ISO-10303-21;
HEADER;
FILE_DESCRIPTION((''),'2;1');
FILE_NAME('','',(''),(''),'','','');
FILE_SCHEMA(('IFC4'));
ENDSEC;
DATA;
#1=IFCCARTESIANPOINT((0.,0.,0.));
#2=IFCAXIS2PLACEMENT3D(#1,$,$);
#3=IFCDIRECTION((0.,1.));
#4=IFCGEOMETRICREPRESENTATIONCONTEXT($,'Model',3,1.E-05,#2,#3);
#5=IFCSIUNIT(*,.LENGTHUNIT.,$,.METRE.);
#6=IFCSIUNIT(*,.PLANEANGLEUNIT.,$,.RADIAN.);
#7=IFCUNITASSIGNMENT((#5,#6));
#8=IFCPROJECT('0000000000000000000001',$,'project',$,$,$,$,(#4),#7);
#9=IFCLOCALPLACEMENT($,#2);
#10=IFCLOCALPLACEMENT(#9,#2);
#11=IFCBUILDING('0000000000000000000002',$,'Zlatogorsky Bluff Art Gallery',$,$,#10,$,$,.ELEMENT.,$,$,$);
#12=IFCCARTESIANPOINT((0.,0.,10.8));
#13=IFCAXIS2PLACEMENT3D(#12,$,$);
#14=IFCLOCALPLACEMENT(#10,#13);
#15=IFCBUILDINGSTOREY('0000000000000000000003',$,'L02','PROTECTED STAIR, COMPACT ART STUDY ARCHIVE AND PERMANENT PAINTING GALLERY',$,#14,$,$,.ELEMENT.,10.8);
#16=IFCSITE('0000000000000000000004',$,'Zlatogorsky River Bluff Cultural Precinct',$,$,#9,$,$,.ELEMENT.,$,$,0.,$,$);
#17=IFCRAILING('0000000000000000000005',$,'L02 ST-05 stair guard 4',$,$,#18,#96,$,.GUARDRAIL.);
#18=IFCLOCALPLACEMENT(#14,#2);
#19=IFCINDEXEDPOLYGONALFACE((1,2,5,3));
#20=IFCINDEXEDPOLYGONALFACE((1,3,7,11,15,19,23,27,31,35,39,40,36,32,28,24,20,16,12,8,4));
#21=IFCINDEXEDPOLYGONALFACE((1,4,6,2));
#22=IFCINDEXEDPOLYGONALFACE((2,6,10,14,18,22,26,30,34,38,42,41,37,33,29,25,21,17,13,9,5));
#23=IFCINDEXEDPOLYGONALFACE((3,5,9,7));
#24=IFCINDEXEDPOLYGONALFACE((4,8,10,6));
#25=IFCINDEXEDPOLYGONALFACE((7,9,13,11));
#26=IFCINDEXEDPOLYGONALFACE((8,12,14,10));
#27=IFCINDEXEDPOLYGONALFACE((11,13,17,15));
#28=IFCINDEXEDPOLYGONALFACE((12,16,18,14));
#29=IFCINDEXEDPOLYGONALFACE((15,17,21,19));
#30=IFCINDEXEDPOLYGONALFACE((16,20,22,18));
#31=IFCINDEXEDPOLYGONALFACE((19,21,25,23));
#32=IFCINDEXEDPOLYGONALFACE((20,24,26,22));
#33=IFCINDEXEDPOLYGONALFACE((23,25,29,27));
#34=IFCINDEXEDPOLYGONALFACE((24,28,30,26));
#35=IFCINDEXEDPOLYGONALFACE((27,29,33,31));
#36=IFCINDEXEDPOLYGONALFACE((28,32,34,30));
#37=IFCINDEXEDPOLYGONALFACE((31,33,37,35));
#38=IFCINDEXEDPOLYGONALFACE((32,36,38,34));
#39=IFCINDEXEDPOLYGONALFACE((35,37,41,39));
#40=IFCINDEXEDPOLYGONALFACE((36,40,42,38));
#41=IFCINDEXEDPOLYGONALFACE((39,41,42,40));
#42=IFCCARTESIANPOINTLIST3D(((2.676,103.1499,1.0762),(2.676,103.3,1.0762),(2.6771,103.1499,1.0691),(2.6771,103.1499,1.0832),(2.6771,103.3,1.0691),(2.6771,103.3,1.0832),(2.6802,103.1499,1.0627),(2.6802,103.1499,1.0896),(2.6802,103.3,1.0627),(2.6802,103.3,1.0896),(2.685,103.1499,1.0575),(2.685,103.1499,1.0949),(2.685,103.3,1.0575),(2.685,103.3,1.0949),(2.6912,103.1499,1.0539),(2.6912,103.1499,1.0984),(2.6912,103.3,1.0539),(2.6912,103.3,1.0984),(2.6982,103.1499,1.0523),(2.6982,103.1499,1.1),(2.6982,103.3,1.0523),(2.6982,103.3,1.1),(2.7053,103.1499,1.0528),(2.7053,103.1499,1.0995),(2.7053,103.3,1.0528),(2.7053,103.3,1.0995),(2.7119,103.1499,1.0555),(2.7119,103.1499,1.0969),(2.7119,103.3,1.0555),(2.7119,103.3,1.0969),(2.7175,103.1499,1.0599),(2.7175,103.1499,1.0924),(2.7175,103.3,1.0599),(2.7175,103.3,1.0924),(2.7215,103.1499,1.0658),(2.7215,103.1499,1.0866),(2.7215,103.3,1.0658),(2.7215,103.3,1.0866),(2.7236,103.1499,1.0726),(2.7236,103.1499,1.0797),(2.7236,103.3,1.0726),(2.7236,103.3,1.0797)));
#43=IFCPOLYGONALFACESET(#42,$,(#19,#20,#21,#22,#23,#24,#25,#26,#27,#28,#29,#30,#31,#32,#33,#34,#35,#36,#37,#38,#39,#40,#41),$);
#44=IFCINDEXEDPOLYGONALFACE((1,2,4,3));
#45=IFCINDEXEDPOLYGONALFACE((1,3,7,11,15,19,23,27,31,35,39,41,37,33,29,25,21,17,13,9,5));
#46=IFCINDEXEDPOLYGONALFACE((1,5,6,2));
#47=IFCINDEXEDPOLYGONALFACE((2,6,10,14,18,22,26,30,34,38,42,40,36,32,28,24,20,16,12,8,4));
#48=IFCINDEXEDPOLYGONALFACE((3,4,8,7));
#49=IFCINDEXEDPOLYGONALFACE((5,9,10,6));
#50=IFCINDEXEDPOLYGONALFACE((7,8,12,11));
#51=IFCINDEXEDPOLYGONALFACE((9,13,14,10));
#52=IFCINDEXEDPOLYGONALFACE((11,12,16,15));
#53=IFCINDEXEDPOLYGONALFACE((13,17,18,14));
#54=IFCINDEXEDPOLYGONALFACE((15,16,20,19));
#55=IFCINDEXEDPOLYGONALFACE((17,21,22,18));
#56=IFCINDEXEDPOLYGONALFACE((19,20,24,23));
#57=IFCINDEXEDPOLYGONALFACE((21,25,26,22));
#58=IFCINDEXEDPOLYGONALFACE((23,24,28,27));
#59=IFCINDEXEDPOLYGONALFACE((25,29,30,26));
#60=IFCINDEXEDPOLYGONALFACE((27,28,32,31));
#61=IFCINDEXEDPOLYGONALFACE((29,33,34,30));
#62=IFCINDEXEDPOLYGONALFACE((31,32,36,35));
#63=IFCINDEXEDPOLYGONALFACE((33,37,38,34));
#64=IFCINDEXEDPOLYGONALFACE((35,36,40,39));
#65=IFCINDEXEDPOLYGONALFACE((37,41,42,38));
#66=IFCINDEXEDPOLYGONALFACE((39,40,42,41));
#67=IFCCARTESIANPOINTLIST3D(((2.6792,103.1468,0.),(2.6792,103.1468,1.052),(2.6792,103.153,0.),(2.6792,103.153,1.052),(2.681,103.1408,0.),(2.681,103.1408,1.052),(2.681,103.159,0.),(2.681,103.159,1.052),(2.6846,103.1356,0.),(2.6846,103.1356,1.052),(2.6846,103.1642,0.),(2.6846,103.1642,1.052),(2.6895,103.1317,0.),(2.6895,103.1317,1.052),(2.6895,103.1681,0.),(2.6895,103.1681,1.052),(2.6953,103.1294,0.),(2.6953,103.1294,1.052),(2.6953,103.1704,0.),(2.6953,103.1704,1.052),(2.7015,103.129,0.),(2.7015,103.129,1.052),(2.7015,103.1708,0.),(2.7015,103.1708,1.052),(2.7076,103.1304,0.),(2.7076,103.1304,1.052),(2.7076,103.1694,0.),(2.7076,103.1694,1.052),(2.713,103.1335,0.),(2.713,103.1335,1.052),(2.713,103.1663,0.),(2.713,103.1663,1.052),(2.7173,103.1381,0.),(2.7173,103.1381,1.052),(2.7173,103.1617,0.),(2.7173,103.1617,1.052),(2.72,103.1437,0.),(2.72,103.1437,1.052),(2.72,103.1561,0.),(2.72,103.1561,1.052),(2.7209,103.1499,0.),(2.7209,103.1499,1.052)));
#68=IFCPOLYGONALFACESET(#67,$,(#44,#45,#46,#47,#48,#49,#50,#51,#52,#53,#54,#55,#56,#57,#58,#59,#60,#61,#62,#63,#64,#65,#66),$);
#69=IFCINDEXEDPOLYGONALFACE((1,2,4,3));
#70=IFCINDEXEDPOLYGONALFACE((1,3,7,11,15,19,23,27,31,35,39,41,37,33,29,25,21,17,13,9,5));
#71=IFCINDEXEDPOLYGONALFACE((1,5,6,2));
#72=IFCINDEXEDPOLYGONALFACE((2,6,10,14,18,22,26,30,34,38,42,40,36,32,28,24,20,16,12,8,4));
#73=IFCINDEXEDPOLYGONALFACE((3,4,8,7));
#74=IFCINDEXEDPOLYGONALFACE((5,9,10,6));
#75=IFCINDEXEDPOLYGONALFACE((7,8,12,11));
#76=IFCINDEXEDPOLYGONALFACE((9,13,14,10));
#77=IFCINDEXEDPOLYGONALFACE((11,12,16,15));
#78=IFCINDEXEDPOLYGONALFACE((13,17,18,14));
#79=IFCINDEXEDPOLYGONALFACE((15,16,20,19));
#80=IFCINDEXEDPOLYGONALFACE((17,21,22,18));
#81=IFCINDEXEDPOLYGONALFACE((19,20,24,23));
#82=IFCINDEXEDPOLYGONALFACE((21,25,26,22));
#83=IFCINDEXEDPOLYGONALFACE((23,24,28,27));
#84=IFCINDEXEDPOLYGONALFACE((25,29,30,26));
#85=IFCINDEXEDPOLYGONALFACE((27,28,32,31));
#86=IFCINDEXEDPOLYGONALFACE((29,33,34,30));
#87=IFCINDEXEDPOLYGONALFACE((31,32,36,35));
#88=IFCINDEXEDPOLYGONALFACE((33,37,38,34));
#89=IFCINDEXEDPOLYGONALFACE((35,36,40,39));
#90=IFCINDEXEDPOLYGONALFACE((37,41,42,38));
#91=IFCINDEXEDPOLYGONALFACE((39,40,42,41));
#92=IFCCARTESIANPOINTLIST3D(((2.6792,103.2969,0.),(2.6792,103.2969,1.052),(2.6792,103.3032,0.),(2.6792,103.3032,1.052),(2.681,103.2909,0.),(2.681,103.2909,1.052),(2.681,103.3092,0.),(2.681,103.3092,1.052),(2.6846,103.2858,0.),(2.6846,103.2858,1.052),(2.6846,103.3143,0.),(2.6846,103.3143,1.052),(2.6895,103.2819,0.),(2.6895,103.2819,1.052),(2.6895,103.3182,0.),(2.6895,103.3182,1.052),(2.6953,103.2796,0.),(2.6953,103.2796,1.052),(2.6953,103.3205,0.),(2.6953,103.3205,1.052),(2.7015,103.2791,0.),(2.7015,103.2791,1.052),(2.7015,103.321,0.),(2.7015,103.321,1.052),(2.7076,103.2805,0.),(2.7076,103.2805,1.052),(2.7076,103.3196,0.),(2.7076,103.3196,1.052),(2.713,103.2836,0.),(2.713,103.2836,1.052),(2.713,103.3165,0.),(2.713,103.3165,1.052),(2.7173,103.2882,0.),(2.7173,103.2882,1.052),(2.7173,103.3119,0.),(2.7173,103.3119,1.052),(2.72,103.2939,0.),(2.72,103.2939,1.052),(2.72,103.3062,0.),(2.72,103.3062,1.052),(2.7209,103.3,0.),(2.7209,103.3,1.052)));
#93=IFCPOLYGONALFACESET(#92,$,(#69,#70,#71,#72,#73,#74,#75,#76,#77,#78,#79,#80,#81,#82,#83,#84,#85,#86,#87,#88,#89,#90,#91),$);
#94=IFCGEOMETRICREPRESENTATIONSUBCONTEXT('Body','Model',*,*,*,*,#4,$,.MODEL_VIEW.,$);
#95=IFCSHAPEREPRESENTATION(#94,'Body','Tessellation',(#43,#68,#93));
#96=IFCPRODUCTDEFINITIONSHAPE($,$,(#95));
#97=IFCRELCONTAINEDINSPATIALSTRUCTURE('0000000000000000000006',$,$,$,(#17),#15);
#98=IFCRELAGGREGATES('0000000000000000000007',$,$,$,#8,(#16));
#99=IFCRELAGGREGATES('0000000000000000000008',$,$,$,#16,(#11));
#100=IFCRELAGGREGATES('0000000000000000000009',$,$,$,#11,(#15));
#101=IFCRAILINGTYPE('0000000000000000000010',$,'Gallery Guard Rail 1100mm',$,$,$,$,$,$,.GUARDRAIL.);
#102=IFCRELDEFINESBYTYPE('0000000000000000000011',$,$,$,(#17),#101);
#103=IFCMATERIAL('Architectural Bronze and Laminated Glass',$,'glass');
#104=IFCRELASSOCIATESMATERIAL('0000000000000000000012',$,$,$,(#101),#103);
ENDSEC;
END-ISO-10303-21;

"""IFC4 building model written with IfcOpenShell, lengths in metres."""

from ifc_helpers import new_model, si_unit, direction, frame, origin, origin_2d, place, context, subcontext, project, spatial, circle, extrude, material, type_object, element, save


model = new_model("IFC4")

# Units and contexts
model_context = context("Model", 3, precision=1e-05, world=origin(), true_north=direction((0.0, 1.0)))
body_context = subcontext(model_context, "Body", "Model", "MODEL_VIEW")
ifc_project = project(units=[si_unit("LENGTHUNIT", "METRE"), si_unit("PLANEANGLEUNIT", "RADIAN")], contexts=[model_context])

# Site, building, storey
site_placement = place(None, origin())
site = spatial("IfcSite", under=ifc_project, at=site_placement, Name="Zlatogorsky River Bluff Cultural Precinct", CompositionType="ELEMENT", RefElevation=0.0)
building_placement = place(site_placement, origin())
building = spatial("IfcBuilding", under=site, at=building_placement, Name="Zlatogorsky Bluff Art Gallery", CompositionType="ELEMENT")
storey_placement = place(building_placement, frame((0.0, 0.0, 10.8)))
storey = spatial("IfcBuildingStorey", under=building, at=storey_placement, Name="L02", Description="PROTECTED STAIR, COMPACT ART STUDY ARCHIVE AND PERMANENT PAINTING GALLERY", CompositionType="ELEMENT", Elevation=10.8)

# Railing
ifc_material_1 = material(Name="Architectural Bronze and Laminated Glass", Category="glass")
railing_type_1 = type_object("IfcRailingType", Name="Gallery Guard Rail 1100mm", PredefinedType="GUARDRAIL", material=ifc_material_1)
railing_1_placement = place(storey_placement, frame((2.7, 103.1499, 0.0)))
element("IfcRailing", 1, at=railing_1_placement, inside=storey, type_object=railing_type_1, Name="L02 ST-05 stair guard 4", PredefinedType="GUARDRAIL", context=body_context, shape_type="SweptSolid", body=[
    extrude(circle(Radius=0.0239, at=origin_2d()), frame((0.0, 0.0, 1.0762), z_axis=(0.0, 1.0, 0.0), x_axis=(-1.0, 0.0, 0.0)), (0.0, 0.0, 1.0), 0.1501),
    extrude(circle(Radius=0.021, at=origin_2d()), origin(), (0.0, 0.0, 1.0), 1.052),
    extrude(circle(Radius=0.021, at=origin_2d()), frame((0.0, 0.1501, 0.0)), (0.0, 0.0, 1.0), 1.052),
])

save(model, "model.ifc")
